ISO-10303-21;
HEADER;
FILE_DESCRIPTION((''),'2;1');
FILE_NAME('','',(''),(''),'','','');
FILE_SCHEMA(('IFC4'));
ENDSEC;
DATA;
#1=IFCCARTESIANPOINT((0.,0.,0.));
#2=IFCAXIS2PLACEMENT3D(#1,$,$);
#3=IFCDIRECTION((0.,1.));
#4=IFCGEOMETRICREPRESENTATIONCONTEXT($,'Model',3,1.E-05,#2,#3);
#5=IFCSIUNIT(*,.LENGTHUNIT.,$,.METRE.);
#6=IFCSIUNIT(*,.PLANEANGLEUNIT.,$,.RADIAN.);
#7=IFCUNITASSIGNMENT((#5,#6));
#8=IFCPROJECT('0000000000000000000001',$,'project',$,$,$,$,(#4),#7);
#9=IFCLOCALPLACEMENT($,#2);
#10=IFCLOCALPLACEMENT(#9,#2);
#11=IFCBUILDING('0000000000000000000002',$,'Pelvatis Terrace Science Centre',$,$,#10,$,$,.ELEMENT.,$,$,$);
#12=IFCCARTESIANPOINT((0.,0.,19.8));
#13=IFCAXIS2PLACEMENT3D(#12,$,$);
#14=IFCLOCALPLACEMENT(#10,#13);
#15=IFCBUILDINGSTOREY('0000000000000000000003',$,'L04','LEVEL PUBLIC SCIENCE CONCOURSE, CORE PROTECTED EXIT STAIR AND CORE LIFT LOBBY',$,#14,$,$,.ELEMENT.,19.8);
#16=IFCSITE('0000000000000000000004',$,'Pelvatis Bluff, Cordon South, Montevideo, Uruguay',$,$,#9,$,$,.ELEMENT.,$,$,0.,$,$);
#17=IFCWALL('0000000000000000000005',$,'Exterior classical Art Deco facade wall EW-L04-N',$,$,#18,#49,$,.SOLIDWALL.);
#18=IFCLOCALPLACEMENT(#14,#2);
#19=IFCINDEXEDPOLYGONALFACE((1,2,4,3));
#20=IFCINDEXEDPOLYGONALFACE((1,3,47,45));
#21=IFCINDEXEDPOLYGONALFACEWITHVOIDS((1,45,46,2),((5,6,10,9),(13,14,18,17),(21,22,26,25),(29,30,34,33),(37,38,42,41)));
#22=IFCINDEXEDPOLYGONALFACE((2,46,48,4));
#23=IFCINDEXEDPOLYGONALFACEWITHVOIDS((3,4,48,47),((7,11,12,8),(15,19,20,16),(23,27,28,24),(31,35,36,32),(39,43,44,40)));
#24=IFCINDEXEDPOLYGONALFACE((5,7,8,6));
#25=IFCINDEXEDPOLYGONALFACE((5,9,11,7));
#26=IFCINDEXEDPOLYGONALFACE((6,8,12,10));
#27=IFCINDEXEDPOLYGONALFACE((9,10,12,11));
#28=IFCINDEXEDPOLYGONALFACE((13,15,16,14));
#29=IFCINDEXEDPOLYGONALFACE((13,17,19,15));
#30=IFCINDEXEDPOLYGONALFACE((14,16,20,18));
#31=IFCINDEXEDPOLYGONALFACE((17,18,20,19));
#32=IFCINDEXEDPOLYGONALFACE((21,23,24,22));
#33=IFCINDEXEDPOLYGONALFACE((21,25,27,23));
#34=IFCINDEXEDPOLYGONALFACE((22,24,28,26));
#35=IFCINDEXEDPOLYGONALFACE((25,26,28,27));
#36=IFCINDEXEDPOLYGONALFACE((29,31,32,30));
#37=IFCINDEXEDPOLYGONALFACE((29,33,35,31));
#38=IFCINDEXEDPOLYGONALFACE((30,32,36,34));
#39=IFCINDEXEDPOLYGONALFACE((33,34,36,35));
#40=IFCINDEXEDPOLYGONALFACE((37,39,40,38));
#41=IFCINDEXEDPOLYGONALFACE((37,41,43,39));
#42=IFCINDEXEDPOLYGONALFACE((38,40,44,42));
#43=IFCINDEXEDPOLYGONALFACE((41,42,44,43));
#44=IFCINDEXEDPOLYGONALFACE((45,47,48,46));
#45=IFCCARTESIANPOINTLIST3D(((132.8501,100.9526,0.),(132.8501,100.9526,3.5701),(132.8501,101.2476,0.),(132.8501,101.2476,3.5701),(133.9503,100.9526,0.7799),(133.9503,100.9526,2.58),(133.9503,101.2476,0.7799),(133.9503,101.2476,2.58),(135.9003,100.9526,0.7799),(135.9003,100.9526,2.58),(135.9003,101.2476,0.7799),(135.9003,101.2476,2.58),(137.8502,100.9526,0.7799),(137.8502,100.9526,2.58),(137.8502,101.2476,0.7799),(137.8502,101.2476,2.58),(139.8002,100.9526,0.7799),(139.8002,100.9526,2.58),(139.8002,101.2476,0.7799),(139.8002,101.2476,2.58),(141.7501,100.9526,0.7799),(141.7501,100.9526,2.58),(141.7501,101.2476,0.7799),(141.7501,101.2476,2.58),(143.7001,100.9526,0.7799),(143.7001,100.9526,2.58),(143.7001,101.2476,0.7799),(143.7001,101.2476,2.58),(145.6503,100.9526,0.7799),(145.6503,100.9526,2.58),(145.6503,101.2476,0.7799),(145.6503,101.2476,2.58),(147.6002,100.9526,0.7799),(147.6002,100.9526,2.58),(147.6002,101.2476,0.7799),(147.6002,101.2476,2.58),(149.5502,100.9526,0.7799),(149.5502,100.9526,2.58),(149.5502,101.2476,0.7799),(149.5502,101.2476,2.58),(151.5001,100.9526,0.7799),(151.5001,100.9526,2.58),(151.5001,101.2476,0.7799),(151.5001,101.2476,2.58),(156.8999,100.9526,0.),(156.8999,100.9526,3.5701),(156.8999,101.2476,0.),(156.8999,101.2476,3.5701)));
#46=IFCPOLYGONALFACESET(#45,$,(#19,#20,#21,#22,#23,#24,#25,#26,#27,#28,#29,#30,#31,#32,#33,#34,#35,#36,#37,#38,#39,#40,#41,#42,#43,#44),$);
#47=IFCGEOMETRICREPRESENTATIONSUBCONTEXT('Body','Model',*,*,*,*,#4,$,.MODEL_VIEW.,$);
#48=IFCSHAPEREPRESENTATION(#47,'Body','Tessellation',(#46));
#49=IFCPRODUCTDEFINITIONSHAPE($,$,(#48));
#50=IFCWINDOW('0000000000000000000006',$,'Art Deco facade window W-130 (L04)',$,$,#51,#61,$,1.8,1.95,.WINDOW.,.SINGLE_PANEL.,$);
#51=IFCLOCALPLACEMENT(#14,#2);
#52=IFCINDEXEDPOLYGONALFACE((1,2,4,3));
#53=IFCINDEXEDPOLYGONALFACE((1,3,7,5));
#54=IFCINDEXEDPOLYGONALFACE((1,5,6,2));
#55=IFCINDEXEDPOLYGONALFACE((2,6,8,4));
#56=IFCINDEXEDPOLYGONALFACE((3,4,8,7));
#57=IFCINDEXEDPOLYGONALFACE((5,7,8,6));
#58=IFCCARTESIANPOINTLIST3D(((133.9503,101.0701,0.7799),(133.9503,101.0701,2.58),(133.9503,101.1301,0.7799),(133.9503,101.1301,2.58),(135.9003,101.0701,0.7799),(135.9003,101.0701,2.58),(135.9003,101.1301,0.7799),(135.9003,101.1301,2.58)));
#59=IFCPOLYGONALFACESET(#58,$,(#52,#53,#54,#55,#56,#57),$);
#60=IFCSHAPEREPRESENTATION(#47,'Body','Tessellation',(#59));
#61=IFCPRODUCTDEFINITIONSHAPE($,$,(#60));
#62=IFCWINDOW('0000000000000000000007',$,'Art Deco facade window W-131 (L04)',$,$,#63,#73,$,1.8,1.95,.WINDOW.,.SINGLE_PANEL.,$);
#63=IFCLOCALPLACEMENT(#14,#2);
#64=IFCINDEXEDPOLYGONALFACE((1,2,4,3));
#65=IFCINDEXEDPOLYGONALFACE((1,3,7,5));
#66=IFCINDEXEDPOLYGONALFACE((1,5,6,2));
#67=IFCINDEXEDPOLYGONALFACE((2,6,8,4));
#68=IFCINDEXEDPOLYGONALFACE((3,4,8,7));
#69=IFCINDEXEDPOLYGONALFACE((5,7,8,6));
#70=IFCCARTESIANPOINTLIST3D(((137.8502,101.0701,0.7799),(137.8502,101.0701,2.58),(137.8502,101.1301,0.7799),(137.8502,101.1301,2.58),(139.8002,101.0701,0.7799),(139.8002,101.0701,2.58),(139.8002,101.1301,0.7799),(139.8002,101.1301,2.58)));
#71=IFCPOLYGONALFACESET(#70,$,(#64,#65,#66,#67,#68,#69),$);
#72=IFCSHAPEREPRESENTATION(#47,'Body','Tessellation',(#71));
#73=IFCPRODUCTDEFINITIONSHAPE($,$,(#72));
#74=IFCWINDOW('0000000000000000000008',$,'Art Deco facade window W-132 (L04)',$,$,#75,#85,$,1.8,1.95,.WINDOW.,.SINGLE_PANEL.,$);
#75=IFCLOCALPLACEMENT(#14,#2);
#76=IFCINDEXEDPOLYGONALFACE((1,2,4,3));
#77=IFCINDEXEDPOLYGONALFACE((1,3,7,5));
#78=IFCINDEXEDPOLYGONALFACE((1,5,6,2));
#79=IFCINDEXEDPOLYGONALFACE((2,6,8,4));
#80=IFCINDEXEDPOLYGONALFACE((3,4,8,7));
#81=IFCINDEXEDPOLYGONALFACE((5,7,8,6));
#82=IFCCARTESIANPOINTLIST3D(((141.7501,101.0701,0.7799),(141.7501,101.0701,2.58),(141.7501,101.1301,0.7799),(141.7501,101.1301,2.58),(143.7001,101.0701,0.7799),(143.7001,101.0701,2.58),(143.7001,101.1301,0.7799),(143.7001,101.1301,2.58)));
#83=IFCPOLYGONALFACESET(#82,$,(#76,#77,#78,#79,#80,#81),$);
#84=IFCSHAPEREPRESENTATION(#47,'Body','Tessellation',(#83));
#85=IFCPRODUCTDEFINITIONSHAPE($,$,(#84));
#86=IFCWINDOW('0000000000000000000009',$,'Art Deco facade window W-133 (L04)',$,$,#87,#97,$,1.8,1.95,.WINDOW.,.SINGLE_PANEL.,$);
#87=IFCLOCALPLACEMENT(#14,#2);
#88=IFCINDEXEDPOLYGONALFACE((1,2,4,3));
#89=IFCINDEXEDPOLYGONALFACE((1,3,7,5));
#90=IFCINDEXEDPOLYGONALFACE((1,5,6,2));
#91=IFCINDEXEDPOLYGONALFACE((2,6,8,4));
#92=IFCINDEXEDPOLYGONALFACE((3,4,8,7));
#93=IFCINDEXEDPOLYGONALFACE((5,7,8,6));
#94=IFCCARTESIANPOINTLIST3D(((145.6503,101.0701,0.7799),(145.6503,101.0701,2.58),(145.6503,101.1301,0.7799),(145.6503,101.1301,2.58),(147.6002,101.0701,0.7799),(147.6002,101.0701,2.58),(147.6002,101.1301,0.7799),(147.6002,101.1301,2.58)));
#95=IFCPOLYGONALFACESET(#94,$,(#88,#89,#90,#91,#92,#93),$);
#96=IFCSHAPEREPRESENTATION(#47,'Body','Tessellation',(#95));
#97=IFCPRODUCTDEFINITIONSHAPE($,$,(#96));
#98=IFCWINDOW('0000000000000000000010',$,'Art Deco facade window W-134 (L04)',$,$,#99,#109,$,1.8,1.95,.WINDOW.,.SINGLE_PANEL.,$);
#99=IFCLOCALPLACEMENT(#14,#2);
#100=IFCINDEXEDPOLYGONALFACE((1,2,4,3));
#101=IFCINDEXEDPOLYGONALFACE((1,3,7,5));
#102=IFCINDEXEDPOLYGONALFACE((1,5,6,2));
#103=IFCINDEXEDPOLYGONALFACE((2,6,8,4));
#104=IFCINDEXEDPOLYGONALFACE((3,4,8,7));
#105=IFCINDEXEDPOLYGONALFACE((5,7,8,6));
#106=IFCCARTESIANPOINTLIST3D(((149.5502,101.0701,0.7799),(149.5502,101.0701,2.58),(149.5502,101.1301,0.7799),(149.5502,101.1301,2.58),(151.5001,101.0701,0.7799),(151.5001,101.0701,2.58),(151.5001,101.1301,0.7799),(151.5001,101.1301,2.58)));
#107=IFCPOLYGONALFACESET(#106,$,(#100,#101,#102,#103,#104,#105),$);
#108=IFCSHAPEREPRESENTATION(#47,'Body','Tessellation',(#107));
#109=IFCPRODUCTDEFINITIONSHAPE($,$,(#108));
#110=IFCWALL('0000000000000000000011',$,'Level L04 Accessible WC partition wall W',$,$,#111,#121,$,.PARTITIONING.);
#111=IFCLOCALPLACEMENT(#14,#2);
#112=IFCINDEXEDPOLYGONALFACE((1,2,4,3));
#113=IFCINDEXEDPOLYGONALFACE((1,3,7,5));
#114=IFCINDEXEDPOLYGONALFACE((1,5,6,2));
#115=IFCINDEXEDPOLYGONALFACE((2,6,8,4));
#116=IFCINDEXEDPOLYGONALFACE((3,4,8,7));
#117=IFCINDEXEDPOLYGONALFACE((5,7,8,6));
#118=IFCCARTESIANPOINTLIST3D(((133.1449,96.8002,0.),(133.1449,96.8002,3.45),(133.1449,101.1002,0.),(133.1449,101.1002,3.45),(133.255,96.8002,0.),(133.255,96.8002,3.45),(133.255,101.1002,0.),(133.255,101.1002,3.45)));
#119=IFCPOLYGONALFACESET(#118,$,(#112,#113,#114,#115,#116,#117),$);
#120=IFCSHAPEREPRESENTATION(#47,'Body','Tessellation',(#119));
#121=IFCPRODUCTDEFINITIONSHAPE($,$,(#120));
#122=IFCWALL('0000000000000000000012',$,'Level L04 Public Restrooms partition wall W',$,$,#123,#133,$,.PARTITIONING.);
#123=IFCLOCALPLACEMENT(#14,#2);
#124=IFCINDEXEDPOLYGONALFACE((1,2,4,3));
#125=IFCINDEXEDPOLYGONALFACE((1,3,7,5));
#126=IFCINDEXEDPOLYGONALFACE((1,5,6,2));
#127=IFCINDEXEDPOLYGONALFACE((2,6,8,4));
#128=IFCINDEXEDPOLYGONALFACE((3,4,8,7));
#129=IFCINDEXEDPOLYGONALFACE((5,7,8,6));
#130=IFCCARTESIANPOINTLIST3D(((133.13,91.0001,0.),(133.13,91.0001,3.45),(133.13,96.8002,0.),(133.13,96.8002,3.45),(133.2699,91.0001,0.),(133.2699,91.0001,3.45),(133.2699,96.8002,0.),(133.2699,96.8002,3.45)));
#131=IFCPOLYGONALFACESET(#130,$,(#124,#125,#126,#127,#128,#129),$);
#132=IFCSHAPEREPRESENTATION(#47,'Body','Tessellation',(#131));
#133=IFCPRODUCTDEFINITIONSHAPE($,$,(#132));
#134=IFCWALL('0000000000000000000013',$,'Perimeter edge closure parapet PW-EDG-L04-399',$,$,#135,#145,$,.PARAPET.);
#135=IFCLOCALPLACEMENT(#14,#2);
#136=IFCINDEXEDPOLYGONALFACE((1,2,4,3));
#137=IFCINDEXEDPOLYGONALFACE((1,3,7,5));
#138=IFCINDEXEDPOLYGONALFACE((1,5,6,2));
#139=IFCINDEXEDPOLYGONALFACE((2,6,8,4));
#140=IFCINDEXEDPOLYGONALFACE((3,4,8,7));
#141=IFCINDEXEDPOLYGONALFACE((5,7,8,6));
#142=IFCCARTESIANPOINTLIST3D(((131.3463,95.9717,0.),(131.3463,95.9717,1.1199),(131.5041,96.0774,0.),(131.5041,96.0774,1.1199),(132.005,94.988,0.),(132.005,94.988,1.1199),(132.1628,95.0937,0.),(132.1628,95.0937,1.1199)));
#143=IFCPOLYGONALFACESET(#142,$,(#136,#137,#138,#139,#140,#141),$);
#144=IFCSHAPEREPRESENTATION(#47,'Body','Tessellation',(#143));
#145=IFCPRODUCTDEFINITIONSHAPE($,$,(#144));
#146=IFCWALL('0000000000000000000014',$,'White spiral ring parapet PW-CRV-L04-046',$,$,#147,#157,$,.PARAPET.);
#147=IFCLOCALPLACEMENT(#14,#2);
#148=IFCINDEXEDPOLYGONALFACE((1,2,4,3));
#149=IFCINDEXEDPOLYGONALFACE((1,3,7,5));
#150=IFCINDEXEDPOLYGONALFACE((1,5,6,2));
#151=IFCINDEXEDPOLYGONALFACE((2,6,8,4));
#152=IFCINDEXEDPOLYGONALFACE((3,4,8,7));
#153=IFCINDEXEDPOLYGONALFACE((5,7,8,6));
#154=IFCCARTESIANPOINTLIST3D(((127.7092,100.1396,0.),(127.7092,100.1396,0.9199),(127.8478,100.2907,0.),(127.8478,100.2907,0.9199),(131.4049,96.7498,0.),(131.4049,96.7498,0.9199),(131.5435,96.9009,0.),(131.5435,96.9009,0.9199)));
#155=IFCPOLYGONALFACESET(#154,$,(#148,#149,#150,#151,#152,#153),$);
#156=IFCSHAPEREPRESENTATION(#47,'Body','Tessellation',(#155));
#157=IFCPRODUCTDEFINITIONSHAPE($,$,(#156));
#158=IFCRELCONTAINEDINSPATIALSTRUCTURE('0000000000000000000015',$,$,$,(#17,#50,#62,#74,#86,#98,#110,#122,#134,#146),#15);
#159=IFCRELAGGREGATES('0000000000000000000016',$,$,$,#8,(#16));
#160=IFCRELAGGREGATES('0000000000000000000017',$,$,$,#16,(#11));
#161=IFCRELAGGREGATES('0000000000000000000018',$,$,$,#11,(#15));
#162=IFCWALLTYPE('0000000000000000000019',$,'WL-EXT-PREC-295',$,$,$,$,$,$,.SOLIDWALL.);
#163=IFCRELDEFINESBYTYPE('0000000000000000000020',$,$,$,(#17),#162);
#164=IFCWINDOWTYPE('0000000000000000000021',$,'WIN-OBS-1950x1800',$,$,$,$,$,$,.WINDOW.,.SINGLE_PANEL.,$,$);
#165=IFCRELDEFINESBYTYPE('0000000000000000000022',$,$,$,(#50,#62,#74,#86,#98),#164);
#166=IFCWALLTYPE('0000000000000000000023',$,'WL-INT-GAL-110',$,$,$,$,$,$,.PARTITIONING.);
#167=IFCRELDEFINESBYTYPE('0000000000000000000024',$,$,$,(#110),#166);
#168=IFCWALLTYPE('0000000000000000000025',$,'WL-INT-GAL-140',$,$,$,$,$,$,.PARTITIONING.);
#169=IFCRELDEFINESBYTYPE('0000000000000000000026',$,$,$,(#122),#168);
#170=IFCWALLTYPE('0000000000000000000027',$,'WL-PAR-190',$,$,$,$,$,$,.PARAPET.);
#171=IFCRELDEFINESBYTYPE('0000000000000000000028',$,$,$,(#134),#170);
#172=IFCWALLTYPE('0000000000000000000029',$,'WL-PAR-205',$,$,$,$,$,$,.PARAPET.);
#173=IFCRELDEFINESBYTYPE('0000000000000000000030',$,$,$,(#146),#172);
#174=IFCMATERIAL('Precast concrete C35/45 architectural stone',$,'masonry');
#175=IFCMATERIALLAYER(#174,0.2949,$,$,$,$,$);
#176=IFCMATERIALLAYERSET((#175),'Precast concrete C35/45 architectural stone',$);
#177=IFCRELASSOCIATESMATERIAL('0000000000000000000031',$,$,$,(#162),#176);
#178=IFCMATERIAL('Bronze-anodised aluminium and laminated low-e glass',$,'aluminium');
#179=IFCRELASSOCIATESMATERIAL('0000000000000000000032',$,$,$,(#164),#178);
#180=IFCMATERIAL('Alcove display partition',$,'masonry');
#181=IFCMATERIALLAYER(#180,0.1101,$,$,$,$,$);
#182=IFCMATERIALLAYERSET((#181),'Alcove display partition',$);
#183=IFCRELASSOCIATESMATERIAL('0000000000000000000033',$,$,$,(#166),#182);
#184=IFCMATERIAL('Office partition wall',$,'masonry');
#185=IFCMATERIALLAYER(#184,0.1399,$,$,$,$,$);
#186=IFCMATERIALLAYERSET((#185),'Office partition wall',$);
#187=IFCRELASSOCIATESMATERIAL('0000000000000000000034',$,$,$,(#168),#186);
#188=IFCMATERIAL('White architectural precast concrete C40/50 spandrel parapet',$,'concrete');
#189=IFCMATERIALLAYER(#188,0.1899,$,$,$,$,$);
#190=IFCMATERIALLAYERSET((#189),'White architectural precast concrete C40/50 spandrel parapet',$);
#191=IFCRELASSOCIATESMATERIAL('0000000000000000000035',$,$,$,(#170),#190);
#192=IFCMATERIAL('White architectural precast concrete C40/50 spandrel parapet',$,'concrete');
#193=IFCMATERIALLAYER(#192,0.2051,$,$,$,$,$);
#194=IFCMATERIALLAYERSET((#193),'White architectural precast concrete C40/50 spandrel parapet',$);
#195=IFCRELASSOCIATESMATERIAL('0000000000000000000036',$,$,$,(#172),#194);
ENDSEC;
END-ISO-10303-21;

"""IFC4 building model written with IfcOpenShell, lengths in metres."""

from ifc_helpers import new_model, si_unit, direction, frame, frame_2d, origin, place, context, subcontext, project, spatial, rectangle, extrude, material, layer, layer_set, type_object, element, fill, save


model = new_model("IFC4")

# Units and contexts
model_context = context("Model", 3, precision=1e-05, world=origin(), true_north=direction((0.0, 1.0)))
body_context = subcontext(model_context, "Body", "Model", "MODEL_VIEW")
ifc_project = project(units=[si_unit("LENGTHUNIT", "METRE"), si_unit("PLANEANGLEUNIT", "RADIAN")], contexts=[model_context])

# Site, building, storey
site_placement = place(None, origin())
site = spatial("IfcSite", under=ifc_project, at=site_placement, Name="Pelvatis Bluff, Cordon South, Montevideo, Uruguay", CompositionType="ELEMENT", RefElevation=0.0)
building_placement = place(site_placement, origin())
building = spatial("IfcBuilding", under=site, at=building_placement, Name="Pelvatis Terrace Science Centre", CompositionType="ELEMENT")
storey_placement = place(building_placement, frame((0.0, 0.0, 19.8)))
storey = spatial("IfcBuildingStorey", under=building, at=storey_placement, Name="L04", Description="LEVEL PUBLIC SCIENCE CONCOURSE, CORE PROTECTED EXIT STAIR AND CORE LIFT LOBBY", CompositionType="ELEMENT", Elevation=19.8)

# Wall, openings, windows
ifc_material_1 = material(Name="Precast concrete C35/45 architectural stone", Category="masonry")
ifc_layer_1 = layer(ifc_material_1, 0.2949)
ifc_layer_set_1 = layer_set([ifc_layer_1], Name="Precast concrete C35/45 architectural stone")
wall_type_1 = type_object("IfcWallType", Name="WL-EXT-PREC-295", PredefinedType="SOLIDWALL", material=ifc_layer_set_1)
wall_1_placement = place(storey_placement, frame((132.8501, 101.1001, 0.0), z_axis=(0.0, 0.0, 1.0), x_axis=(1.0, 0.0, 0.0)))
wall_1 = element("IfcWall", 1, at=wall_1_placement, inside=storey, type_object=wall_type_1, Name="Exterior classical Art Deco facade wall EW-L04-N", PredefinedType="SOLIDWALL", context=body_context, shape_type="SweptSolid", body=[
    extrude(rectangle(XDim=24.0498, YDim=0.2949, at=frame_2d((12.0249, 0.0))), origin(), (0.0, 0.0, 1.0), 3.5701),
])
opening_1_placement = place(wall_1_placement, frame((1.1001, 0.0, 0.78)))
opening_1 = element("IfcOpeningElement", 2, at=opening_1_placement, cuts=wall_1, PredefinedType="OPENING", context=body_context, shape_type="SweptSolid", body=[
    extrude(rectangle(XDim=1.95, YDim=1.8, at=frame_2d((0.9751, 0.8999))), frame((0.0, 0.1575, 0.0), z_axis=(0.0, -1.0, 0.0), x_axis=(1.0, 0.0, 0.0)), (0.0, 0.0, 1.0), 0.3149),
])
opening_2_placement = place(wall_1_placement, frame((5.0, 0.0, 0.78)))
opening_2 = element("IfcOpeningElement", 3, at=opening_2_placement, cuts=wall_1, PredefinedType="OPENING", context=body_context, shape_type="SweptSolid", body=[
    extrude(rectangle(XDim=1.95, YDim=1.8, at=frame_2d((0.9751, 0.8999))), frame((0.0, 0.1575, 0.0), z_axis=(0.0, -1.0, 0.0), x_axis=(1.0, 0.0, 0.0)), (0.0, 0.0, 1.0), 0.3149),
])
opening_3_placement = place(wall_1_placement, frame((8.8999, 0.0, 0.78)))
opening_3 = element("IfcOpeningElement", 4, at=opening_3_placement, cuts=wall_1, PredefinedType="OPENING", context=body_context, shape_type="SweptSolid", body=[
    extrude(rectangle(XDim=1.95, YDim=1.8, at=frame_2d((0.9751, 0.8999))), frame((0.0, 0.1575, 0.0), z_axis=(0.0, -1.0, 0.0), x_axis=(1.0, 0.0, 0.0)), (0.0, 0.0, 1.0), 0.3149),
])
opening_4_placement = place(wall_1_placement, frame((12.8, 0.0, 0.78)))
opening_4 = element("IfcOpeningElement", 5, at=opening_4_placement, cuts=wall_1, PredefinedType="OPENING", context=body_context, shape_type="SweptSolid", body=[
    extrude(rectangle(XDim=1.95, YDim=1.8, at=frame_2d((0.9751, 0.8999))), frame((0.0, 0.1575, 0.0), z_axis=(0.0, -1.0, 0.0), x_axis=(1.0, 0.0, 0.0)), (0.0, 0.0, 1.0), 0.3149),
])
opening_5_placement = place(wall_1_placement, frame((16.7, 0.0, 0.78)))
opening_5 = element("IfcOpeningElement", 6, at=opening_5_placement, cuts=wall_1, PredefinedType="OPENING", context=body_context, shape_type="SweptSolid", body=[
    extrude(rectangle(XDim=1.95, YDim=1.8, at=frame_2d((0.9751, 0.8999))), frame((0.0, 0.1575, 0.0), z_axis=(0.0, -1.0, 0.0), x_axis=(1.0, 0.0, 0.0)), (0.0, 0.0, 1.0), 0.3149),
])
ifc_material_2 = material(Name="Bronze-anodised aluminium and laminated low-e glass", Category="aluminium")
window_type = type_object("IfcWindowType", Name="WIN-OBS-1950x1800", PartitioningType="SINGLE_PANEL", PredefinedType="WINDOW", material=ifc_material_2)
window_1_placement = place(opening_1_placement, origin())
window_1 = element("IfcWindow", 7, at=window_1_placement, inside=storey, type_object=window_type, Name="Art Deco facade window W-130 (L04)", OverallHeight=1.8, OverallWidth=1.95, PartitioningType="SINGLE_PANEL", PredefinedType="WINDOW", context=body_context, shape_type="SweptSolid", body=[
    extrude(rectangle(XDim=1.95, YDim=1.8, at=frame_2d((0.9751, 0.8999))), frame((0.0, 0.03, 0.0), z_axis=(0.0, -1.0, 0.0), x_axis=(1.0, 0.0, 0.0)), (0.0, 0.0, 1.0), 0.0601),
])
fill(opening_1, window_1)
window_2_placement = place(opening_2_placement, origin())
window_2 = element("IfcWindow", 8, at=window_2_placement, inside=storey, type_object=window_type, Name="Art Deco facade window W-131 (L04)", OverallHeight=1.8, OverallWidth=1.95, PartitioningType="SINGLE_PANEL", PredefinedType="WINDOW", context=body_context, shape_type="SweptSolid", body=[
    extrude(rectangle(XDim=1.95, YDim=1.8, at=frame_2d((0.9751, 0.8999))), frame((0.0, 0.03, 0.0), z_axis=(0.0, -1.0, 0.0), x_axis=(1.0, 0.0, 0.0)), (0.0, 0.0, 1.0), 0.0601),
])
fill(opening_2, window_2)
window_3_placement = place(opening_3_placement, origin())
window_3 = element("IfcWindow", 9, at=window_3_placement, inside=storey, type_object=window_type, Name="Art Deco facade window W-132 (L04)", OverallHeight=1.8, OverallWidth=1.95, PartitioningType="SINGLE_PANEL", PredefinedType="WINDOW", context=body_context, shape_type="SweptSolid", body=[
    extrude(rectangle(XDim=1.95, YDim=1.8, at=frame_2d((0.9751, 0.8999))), frame((0.0, 0.03, 0.0), z_axis=(0.0, -1.0, 0.0), x_axis=(1.0, 0.0, 0.0)), (0.0, 0.0, 1.0), 0.0601),
])
fill(opening_3, window_3)
window_4_placement = place(opening_4_placement, origin())
window_4 = element("IfcWindow", 10, at=window_4_placement, inside=storey, type_object=window_type, Name="Art Deco facade window W-133 (L04)", OverallHeight=1.8, OverallWidth=1.95, PartitioningType="SINGLE_PANEL", PredefinedType="WINDOW", context=body_context, shape_type="SweptSolid", body=[
    extrude(rectangle(XDim=1.95, YDim=1.8, at=frame_2d((0.9751, 0.8999))), frame((0.0, 0.03, 0.0), z_axis=(0.0, -1.0, 0.0), x_axis=(1.0, 0.0, 0.0)), (0.0, 0.0, 1.0), 0.0601),
])
fill(opening_4, window_4)
window_5_placement = place(opening_5_placement, origin())
window_5 = element("IfcWindow", 11, at=window_5_placement, inside=storey, type_object=window_type, Name="Art Deco facade window W-134 (L04)", OverallHeight=1.8, OverallWidth=1.95, PartitioningType="SINGLE_PANEL", PredefinedType="WINDOW", context=body_context, shape_type="SweptSolid", body=[
    extrude(rectangle(XDim=1.95, YDim=1.8, at=frame_2d((0.9751, 0.8999))), frame((0.0, 0.03, 0.0), z_axis=(0.0, -1.0, 0.0), x_axis=(1.0, 0.0, 0.0)), (0.0, 0.0, 1.0), 0.0601),
])
fill(opening_5, window_5)

# Walls
ifc_material_3 = material(Name="Alcove display partition", Category="masonry")
ifc_layer_2 = layer(ifc_material_3, 0.1101)
ifc_layer_set_2 = layer_set([ifc_layer_2], Name="Alcove display partition")
wall_type_2 = type_object("IfcWallType", Name="WL-INT-GAL-110", PredefinedType="PARTITIONING", material=ifc_layer_set_2)
wall_2_placement = place(storey_placement, frame((133.2, 101.1001, 0.0), z_axis=(0.0, 0.0, 1.0), x_axis=(0.0, -1.0, 0.0)))
element("IfcWall", 12, at=wall_2_placement, inside=storey, type_object=wall_type_2, Name="Level L04 Accessible WC partition wall W", PredefinedType="PARTITIONING", context=body_context, shape_type="SweptSolid", body=[
    extrude(rectangle(XDim=4.3, YDim=0.1101, at=frame_2d((2.1499, 0.0))), origin(), (0.0, 0.0, 1.0), 3.45),
])
ifc_material_4 = material(Name="Office partition wall", Category="masonry")
ifc_layer_3 = layer(ifc_material_4, 0.1399)
ifc_layer_set_3 = layer_set([ifc_layer_3], Name="Office partition wall")
wall_type_3 = type_object("IfcWallType", Name="WL-INT-GAL-140", PredefinedType="PARTITIONING", material=ifc_layer_set_3)
wall_3_placement = place(storey_placement, frame((133.2, 96.8, 0.0), z_axis=(0.0, 0.0, 1.0), x_axis=(0.0, -1.0, 0.0)))
element("IfcWall", 13, at=wall_3_placement, inside=storey, type_object=wall_type_3, Name="Level L04 Public Restrooms partition wall W", PredefinedType="PARTITIONING", context=body_context, shape_type="SweptSolid", body=[
    extrude(rectangle(XDim=5.8, YDim=0.1399, at=frame_2d((2.8999, 0.0))), origin(), (0.0, 0.0, 1.0), 3.45),
])
ifc_material_5 = material(Name="White architectural precast concrete C40/50 spandrel parapet", Category="concrete")
ifc_layer_4 = layer(ifc_material_5, 0.1899)
ifc_layer_set_4 = layer_set([ifc_layer_4], Name="White architectural precast concrete C40/50 spandrel parapet")
wall_type_4 = type_object("IfcWallType", Name="WL-PAR-190", PredefinedType="PARAPET", material=ifc_layer_set_4)
wall_4_placement = place(storey_placement, frame((131.4253, 96.0244, 0.0), z_axis=(0.0, 0.0, 1.0), x_axis=(0.556412, -0.830906, 0.0)))
element("IfcWall", 14, at=wall_4_placement, inside=storey, type_object=wall_type_4, Name="Perimeter edge closure parapet PW-EDG-L04-399", PredefinedType="PARAPET", context=body_context, shape_type="SweptSolid", body=[
    extrude(rectangle(XDim=1.1838, YDim=0.1899, at=frame_2d((0.5918, 0.0))), origin(), (0.0, 0.0, 1.0), 1.1199),
])
ifc_material_6 = material(Name="White architectural precast concrete C40/50 spandrel parapet", Category="concrete")
ifc_layer_5 = layer(ifc_material_6, 0.2051)
ifc_layer_set_5 = layer_set([ifc_layer_5], Name="White architectural precast concrete C40/50 spandrel parapet")
wall_type_5 = type_object("IfcWallType", Name="WL-PAR-205", PredefinedType="PARAPET", material=ifc_layer_set_5)
wall_5_placement = place(storey_placement, frame((131.4741, 96.8254, 0.0), z_axis=(0.0, 0.0, 1.0), x_axis=(-0.736948, 0.675949, 0.0)))
element("IfcWall", 15, at=wall_5_placement, inside=storey, type_object=wall_type_5, Name="White spiral ring parapet PW-CRV-L04-046", PredefinedType="PARAPET", context=body_context, shape_type="SweptSolid", body=[
    extrude(rectangle(XDim=5.0149, YDim=0.2051, at=frame_2d((2.5073, 0.0))), origin(), (0.0, 0.0, 1.0), 0.9199),
])

save(model, "model.ifc")
